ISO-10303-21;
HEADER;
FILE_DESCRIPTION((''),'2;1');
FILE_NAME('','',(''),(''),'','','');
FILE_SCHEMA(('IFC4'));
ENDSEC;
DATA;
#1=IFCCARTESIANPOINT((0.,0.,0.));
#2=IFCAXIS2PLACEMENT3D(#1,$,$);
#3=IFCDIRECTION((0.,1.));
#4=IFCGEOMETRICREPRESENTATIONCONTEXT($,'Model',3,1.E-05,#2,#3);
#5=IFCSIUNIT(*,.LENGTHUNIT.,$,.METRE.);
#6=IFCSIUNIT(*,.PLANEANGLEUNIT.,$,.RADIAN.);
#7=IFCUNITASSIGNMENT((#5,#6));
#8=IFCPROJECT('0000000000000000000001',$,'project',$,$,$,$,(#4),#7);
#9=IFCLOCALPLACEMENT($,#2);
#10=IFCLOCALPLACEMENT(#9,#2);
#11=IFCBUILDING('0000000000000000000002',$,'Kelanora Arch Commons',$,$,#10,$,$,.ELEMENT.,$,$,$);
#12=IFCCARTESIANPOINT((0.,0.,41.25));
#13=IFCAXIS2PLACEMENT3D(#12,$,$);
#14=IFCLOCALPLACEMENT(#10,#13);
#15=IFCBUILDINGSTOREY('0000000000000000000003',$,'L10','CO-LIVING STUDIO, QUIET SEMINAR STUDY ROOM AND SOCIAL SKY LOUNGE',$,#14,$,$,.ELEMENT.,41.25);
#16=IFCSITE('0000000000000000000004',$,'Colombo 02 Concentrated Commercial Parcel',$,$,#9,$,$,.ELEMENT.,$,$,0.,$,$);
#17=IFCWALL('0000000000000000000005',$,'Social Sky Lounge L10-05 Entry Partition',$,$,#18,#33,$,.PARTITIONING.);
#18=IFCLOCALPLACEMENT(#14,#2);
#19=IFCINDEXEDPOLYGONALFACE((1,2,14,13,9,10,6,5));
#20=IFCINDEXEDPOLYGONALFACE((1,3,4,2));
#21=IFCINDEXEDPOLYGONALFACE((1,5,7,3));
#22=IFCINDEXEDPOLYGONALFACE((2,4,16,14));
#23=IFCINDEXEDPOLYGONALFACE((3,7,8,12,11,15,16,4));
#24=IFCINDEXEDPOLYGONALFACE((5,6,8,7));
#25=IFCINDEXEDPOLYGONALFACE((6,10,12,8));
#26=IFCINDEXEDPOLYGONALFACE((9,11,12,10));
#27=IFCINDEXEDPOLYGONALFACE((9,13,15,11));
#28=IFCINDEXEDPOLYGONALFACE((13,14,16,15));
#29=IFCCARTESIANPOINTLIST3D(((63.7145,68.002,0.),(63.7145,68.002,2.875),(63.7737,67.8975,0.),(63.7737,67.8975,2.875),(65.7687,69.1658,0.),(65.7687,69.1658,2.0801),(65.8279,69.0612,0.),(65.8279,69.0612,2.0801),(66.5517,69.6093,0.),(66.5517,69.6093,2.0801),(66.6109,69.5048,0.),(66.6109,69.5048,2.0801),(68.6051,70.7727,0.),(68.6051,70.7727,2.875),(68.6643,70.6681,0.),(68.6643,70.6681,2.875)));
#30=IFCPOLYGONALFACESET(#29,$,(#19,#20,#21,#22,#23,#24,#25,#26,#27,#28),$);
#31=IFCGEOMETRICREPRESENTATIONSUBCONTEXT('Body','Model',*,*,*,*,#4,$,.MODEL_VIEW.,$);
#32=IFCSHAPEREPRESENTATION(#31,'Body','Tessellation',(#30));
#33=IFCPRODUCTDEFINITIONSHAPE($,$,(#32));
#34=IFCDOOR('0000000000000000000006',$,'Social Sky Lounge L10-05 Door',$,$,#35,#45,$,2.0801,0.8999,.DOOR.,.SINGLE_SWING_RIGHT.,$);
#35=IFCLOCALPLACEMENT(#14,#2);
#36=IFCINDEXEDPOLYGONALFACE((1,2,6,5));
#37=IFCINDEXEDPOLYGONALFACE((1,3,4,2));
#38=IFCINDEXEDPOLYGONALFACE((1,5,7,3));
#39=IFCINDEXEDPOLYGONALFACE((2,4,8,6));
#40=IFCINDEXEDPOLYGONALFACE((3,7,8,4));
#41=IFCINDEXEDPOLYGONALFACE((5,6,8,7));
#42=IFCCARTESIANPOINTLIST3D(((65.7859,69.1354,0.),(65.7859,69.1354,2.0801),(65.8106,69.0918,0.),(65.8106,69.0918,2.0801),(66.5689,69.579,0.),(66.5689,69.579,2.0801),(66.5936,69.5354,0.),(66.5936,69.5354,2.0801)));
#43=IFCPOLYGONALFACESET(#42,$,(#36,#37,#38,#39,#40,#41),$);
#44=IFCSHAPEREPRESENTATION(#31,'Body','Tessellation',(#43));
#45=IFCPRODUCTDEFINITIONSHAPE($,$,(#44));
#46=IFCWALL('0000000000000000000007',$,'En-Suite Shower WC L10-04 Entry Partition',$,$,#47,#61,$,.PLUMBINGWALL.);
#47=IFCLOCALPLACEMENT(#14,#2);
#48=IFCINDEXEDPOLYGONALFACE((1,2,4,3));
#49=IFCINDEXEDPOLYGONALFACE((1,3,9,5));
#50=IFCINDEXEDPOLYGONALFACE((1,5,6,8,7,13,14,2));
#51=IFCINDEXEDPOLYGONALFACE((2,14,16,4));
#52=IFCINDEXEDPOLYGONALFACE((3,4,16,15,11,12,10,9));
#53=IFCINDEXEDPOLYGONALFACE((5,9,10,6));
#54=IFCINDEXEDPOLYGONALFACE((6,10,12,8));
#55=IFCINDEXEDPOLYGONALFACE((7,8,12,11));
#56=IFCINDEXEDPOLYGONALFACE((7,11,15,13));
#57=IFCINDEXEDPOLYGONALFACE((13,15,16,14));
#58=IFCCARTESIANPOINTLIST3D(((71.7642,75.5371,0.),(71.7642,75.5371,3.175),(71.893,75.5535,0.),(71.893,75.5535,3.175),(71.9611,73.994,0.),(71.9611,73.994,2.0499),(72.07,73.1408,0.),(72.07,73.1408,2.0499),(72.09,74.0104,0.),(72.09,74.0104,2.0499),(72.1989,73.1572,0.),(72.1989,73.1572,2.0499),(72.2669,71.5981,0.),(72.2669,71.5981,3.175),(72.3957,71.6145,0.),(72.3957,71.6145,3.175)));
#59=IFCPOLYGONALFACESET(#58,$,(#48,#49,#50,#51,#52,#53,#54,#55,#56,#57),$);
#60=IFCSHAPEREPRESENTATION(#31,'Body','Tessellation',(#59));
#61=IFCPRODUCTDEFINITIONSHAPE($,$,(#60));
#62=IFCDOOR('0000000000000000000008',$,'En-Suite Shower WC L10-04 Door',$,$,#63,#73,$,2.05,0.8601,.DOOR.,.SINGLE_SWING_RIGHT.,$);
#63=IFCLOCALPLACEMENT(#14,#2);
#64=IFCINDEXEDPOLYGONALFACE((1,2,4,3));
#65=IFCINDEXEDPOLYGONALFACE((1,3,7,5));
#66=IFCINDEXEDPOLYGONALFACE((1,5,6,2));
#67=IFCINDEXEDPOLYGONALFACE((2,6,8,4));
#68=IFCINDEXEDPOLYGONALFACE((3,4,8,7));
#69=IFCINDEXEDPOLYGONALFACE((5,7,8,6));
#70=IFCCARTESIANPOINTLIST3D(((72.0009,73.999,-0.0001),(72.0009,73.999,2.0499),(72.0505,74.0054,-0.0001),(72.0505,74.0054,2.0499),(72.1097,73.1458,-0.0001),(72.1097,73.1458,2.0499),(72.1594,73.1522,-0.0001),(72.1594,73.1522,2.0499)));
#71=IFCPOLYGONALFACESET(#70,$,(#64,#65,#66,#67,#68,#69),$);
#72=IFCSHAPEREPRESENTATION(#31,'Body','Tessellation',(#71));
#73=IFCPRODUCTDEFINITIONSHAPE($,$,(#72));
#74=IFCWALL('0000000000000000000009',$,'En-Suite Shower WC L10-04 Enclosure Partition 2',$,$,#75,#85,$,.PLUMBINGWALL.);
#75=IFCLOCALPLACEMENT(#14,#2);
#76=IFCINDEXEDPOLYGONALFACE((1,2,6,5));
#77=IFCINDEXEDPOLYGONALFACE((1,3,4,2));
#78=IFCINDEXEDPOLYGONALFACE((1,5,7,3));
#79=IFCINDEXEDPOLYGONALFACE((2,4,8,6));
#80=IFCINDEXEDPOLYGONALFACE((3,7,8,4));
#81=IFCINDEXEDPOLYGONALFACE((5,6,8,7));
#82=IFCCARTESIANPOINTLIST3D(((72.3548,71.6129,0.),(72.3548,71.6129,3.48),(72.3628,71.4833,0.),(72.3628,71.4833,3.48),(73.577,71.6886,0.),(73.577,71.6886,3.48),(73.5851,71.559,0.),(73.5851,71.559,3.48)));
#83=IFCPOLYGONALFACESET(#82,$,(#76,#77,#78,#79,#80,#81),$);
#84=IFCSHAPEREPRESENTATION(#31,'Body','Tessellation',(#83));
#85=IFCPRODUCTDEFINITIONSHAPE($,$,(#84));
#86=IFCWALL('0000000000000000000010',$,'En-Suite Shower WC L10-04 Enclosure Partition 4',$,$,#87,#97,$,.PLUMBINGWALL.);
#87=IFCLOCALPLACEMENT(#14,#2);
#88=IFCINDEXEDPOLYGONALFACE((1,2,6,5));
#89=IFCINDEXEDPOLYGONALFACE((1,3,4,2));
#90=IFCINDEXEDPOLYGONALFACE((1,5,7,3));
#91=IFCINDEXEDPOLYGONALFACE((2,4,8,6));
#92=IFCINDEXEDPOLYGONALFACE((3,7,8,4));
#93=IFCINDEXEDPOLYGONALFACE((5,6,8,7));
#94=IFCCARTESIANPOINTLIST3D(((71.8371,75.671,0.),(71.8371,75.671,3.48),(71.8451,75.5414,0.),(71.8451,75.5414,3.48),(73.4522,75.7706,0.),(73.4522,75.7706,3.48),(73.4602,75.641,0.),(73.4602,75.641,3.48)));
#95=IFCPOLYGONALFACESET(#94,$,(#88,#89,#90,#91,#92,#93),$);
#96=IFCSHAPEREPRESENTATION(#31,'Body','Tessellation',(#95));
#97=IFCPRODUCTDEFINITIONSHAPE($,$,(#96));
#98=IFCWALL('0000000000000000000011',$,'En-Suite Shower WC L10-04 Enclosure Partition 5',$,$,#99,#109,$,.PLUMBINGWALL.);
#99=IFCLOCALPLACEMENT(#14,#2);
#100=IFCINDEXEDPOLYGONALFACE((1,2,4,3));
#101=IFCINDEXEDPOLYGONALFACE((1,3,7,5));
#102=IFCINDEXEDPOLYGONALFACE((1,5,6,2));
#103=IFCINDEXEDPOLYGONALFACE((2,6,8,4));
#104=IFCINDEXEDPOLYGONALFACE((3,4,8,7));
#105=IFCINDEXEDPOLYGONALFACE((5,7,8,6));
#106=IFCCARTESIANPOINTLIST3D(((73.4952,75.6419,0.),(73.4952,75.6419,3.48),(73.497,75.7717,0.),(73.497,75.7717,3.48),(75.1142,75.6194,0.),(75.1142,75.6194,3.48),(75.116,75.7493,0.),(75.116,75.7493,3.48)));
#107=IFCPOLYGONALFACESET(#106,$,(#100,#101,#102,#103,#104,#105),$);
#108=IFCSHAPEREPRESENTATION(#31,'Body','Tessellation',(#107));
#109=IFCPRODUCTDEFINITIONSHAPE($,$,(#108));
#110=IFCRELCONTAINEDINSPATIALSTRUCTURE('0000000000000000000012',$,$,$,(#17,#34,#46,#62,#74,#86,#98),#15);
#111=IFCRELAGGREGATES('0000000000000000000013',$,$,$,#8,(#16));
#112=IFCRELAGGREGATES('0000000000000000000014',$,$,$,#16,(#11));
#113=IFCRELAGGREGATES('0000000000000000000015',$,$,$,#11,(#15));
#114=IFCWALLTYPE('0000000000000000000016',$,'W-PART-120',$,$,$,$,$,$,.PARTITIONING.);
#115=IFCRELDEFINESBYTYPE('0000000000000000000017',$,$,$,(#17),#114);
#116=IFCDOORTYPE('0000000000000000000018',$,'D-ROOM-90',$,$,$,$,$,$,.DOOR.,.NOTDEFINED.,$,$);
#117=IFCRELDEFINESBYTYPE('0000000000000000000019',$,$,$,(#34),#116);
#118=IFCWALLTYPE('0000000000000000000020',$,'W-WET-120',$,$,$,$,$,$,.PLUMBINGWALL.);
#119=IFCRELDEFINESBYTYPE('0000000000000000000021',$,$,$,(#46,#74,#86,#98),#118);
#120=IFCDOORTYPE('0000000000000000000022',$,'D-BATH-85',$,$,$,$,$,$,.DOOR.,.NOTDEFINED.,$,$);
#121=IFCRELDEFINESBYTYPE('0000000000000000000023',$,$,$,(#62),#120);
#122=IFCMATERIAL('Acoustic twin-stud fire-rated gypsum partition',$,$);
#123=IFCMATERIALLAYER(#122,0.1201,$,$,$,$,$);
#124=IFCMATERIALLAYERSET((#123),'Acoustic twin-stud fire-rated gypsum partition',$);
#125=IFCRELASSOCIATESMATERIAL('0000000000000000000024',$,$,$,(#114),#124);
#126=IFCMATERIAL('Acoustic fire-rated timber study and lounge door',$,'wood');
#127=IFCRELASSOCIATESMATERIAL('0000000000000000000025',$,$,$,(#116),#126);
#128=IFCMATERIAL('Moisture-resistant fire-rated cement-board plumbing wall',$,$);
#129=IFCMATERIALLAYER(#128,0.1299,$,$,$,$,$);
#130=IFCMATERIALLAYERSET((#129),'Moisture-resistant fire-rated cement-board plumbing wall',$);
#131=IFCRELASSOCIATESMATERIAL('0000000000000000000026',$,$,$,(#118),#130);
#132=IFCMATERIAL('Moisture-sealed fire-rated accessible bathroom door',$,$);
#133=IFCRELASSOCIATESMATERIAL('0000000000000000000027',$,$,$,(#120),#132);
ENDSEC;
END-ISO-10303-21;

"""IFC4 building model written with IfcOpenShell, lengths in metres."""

from ifc_helpers import new_model, si_unit, direction, frame, frame_2d, origin, place, context, subcontext, project, spatial, rectangle, extrude, material, layer, layer_set, type_object, element, fill, save


model = new_model("IFC4")

# Units and contexts
model_context = context("Model", 3, precision=1e-05, world=origin(), true_north=direction((0.0, 1.0)))
body_context = subcontext(model_context, "Body", "Model", "MODEL_VIEW")
ifc_project = project(units=[si_unit("LENGTHUNIT", "METRE"), si_unit("PLANEANGLEUNIT", "RADIAN")], contexts=[model_context])

# Site, building, storey
site_placement = place(None, origin())
site = spatial("IfcSite", under=ifc_project, at=site_placement, Name="Colombo 02 Concentrated Commercial Parcel", CompositionType="ELEMENT", RefElevation=0.0)
building_placement = place(site_placement, origin())
building = spatial("IfcBuilding", under=site, at=building_placement, Name="Kelanora Arch Commons", CompositionType="ELEMENT")
storey_placement = place(building_placement, frame((0.0, 0.0, 41.25)))
storey = spatial("IfcBuildingStorey", under=building, at=storey_placement, Name="L10", Description="CO-LIVING STUDIO, QUIET SEMINAR STUDY ROOM AND SOCIAL SKY LOUNGE", CompositionType="ELEMENT", Elevation=41.25)

# Walls, openings, doors
ifc_material_1 = material(Name="Acoustic twin-stud fire-rated gypsum partition")
ifc_layer_1 = layer(ifc_material_1, 0.1201)
ifc_layer_set_1 = layer_set([ifc_layer_1], Name="Acoustic twin-stud fire-rated gypsum partition")
wall_type_1 = type_object("IfcWallType", Name="W-PART-120", PredefinedType="PARTITIONING", material=ifc_layer_set_1)
wall_1_placement = place(storey_placement, frame((68.6348, 70.7205, 0.0), z_axis=(0.0, 0.0, 1.0), x_axis=(-0.870068, -0.492931, 0.0)))
wall_1 = element("IfcWall", 1, at=wall_1_placement, inside=storey, type_object=wall_type_1, Name="Social Sky Lounge L10-05 Entry Partition", PredefinedType="PARTITIONING", context=body_context, shape_type="SweptSolid", body=[
    extrude(rectangle(XDim=5.6208, YDim=0.1201, at=frame_2d((2.8105, 0.0))), origin(), (0.0, 0.0, 1.0), 2.875),
])
opening_1_placement = place(wall_1_placement, frame((2.3601, 0.0, 0.0)))
opening_1 = element("IfcOpeningElement", 2, at=opening_1_placement, cuts=wall_1, PredefinedType="OPENING", context=body_context, shape_type="SweptSolid", body=[
    extrude(rectangle(XDim=0.8999, YDim=2.0801, at=frame_2d((0.45, 1.04))), frame((0.0, 0.0701, 0.0), z_axis=(0.0, -1.0, 0.0), x_axis=(1.0, 0.0, 0.0)), (0.0, 0.0, 1.0), 0.1401),
])
ifc_material_2 = material(Name="Acoustic fire-rated timber study and lounge door", Category="wood")
door_type_1 = type_object("IfcDoorType", Name="D-ROOM-90", OperationType="NOTDEFINED", PredefinedType="DOOR", material=ifc_material_2)
door_1_placement = place(opening_1_placement, origin())
door_1 = element("IfcDoor", 3, at=door_1_placement, inside=storey, type_object=door_type_1, Name="Social Sky Lounge L10-05 Door", OperationType="SINGLE_SWING_RIGHT", OverallHeight=2.0801, OverallWidth=0.8999, PredefinedType="DOOR", context=body_context, shape_type="SweptSolid", body=[
    extrude(rectangle(XDim=0.8999, YDim=2.0801, at=frame_2d((0.45, 1.04))), frame((0.0, 0.0249, 0.0), z_axis=(0.0, -1.0, 0.0), x_axis=(1.0, 0.0, 0.0)), (0.0, 0.0, 1.0), 0.05),
])
fill(opening_1, door_1)
ifc_material_3 = material(Name="Moisture-resistant fire-rated cement-board plumbing wall")
ifc_layer_2 = layer(ifc_material_3, 0.1299)
ifc_layer_set_2 = layer_set([ifc_layer_2], Name="Moisture-resistant fire-rated cement-board plumbing wall")
wall_type_2 = type_object("IfcWallType", Name="W-WET-120", PredefinedType="PLUMBINGWALL", material=ifc_layer_set_2)
wall_2_placement = place(storey_placement, frame((72.3313, 71.6064, 0.0), z_axis=(0.0, 0.0, 1.0), x_axis=(-0.126592, 0.991955, 0.0)))
wall_2 = element("IfcWall", 4, at=wall_2_placement, inside=storey, type_object=wall_type_2, Name="En-Suite Shower WC L10-04 Entry Partition", PredefinedType="PLUMBINGWALL", context=body_context, shape_type="SweptSolid", body=[
    extrude(rectangle(XDim=3.9709, YDim=0.1299, at=frame_2d((1.9854, 0.0))), origin(), (0.0, 0.0, 1.0), 3.175),
])
opening_2_placement = place(wall_2_placement, frame((1.5549, 0.0, 0.0)))
opening_2 = element("IfcOpeningElement", 5, at=opening_2_placement, cuts=wall_2, PredefinedType="OPENING", context=body_context, shape_type="SweptSolid", body=[
    extrude(rectangle(XDim=0.8601, YDim=2.05, at=frame_2d((0.4302, 1.0249))), frame((0.0, 0.075, 0.0), z_axis=(0.0, -1.0, 0.0), x_axis=(1.0, 0.0, 0.0)), (0.0, 0.0, 1.0), 0.1499),
])
ifc_material_4 = material(Name="Moisture-sealed fire-rated accessible bathroom door")
door_type_2 = type_object("IfcDoorType", Name="D-BATH-85", OperationType="NOTDEFINED", PredefinedType="DOOR", material=ifc_material_4)
door_2_placement = place(opening_2_placement, origin())
door_2 = element("IfcDoor", 6, at=door_2_placement, inside=storey, type_object=door_type_2, Name="En-Suite Shower WC L10-04 Door", OperationType="SINGLE_SWING_RIGHT", OverallHeight=2.05, OverallWidth=0.8601, PredefinedType="DOOR", context=body_context, shape_type="SweptSolid", body=[
    extrude(rectangle(XDim=0.8601, YDim=2.05, at=frame_2d((0.4302, 1.0249))), frame((0.0, 0.0249, 0.0), z_axis=(0.0, -1.0, 0.0), x_axis=(1.0, 0.0, 0.0)), (0.0, 0.0, 1.0), 0.05),
])
fill(opening_2, door_2)

# Walls
wall_3_placement = place(storey_placement, frame((73.5811, 71.6238, 0.0), z_axis=(0.0, 0.0, 1.0), x_axis=(-0.998088, -0.061807, 0.0)))
element("IfcWall", 7, at=wall_3_placement, inside=storey, type_object=wall_type_2, Name="En-Suite Shower WC L10-04 Enclosure Partition 2", PredefinedType="PLUMBINGWALL", context=body_context, shape_type="SweptSolid", body=[
    extrude(rectangle(XDim=1.2246, YDim=0.1299, at=frame_2d((0.6123, 0.0))), origin(), (0.0, 0.0, 1.0), 3.48),
])
wall_4_placement = place(storey_placement, frame((71.8411, 75.6062, 0.0), z_axis=(0.0, 0.0, 1.0), x_axis=(0.998103, 0.061561, 0.0)))
element("IfcWall", 8, at=wall_4_placement, inside=storey, type_object=wall_type_2, Name="En-Suite Shower WC L10-04 Enclosure Partition 4", PredefinedType="PLUMBINGWALL", context=body_context, shape_type="SweptSolid", body=[
    extrude(rectangle(XDim=1.6182, YDim=0.1299, at=frame_2d((0.8091, 0.0))), origin(), (0.0, 0.0, 1.0), 3.48),
])
wall_5_placement = place(storey_placement, frame((73.4961, 75.7068, 0.0), z_axis=(0.0, 0.0, 1.0), x_axis=(0.999904, -0.013873, 0.0)))
element("IfcWall", 9, at=wall_5_placement, inside=storey, type_object=wall_type_2, Name="En-Suite Shower WC L10-04 Enclosure Partition 5", PredefinedType="PLUMBINGWALL", context=body_context, shape_type="SweptSolid", body=[
    extrude(rectangle(XDim=1.6191, YDim=0.1299, at=frame_2d((0.8096, 0.0))), origin(), (0.0, 0.0, 1.0), 3.48),
])

save(model, "model.ifc")
